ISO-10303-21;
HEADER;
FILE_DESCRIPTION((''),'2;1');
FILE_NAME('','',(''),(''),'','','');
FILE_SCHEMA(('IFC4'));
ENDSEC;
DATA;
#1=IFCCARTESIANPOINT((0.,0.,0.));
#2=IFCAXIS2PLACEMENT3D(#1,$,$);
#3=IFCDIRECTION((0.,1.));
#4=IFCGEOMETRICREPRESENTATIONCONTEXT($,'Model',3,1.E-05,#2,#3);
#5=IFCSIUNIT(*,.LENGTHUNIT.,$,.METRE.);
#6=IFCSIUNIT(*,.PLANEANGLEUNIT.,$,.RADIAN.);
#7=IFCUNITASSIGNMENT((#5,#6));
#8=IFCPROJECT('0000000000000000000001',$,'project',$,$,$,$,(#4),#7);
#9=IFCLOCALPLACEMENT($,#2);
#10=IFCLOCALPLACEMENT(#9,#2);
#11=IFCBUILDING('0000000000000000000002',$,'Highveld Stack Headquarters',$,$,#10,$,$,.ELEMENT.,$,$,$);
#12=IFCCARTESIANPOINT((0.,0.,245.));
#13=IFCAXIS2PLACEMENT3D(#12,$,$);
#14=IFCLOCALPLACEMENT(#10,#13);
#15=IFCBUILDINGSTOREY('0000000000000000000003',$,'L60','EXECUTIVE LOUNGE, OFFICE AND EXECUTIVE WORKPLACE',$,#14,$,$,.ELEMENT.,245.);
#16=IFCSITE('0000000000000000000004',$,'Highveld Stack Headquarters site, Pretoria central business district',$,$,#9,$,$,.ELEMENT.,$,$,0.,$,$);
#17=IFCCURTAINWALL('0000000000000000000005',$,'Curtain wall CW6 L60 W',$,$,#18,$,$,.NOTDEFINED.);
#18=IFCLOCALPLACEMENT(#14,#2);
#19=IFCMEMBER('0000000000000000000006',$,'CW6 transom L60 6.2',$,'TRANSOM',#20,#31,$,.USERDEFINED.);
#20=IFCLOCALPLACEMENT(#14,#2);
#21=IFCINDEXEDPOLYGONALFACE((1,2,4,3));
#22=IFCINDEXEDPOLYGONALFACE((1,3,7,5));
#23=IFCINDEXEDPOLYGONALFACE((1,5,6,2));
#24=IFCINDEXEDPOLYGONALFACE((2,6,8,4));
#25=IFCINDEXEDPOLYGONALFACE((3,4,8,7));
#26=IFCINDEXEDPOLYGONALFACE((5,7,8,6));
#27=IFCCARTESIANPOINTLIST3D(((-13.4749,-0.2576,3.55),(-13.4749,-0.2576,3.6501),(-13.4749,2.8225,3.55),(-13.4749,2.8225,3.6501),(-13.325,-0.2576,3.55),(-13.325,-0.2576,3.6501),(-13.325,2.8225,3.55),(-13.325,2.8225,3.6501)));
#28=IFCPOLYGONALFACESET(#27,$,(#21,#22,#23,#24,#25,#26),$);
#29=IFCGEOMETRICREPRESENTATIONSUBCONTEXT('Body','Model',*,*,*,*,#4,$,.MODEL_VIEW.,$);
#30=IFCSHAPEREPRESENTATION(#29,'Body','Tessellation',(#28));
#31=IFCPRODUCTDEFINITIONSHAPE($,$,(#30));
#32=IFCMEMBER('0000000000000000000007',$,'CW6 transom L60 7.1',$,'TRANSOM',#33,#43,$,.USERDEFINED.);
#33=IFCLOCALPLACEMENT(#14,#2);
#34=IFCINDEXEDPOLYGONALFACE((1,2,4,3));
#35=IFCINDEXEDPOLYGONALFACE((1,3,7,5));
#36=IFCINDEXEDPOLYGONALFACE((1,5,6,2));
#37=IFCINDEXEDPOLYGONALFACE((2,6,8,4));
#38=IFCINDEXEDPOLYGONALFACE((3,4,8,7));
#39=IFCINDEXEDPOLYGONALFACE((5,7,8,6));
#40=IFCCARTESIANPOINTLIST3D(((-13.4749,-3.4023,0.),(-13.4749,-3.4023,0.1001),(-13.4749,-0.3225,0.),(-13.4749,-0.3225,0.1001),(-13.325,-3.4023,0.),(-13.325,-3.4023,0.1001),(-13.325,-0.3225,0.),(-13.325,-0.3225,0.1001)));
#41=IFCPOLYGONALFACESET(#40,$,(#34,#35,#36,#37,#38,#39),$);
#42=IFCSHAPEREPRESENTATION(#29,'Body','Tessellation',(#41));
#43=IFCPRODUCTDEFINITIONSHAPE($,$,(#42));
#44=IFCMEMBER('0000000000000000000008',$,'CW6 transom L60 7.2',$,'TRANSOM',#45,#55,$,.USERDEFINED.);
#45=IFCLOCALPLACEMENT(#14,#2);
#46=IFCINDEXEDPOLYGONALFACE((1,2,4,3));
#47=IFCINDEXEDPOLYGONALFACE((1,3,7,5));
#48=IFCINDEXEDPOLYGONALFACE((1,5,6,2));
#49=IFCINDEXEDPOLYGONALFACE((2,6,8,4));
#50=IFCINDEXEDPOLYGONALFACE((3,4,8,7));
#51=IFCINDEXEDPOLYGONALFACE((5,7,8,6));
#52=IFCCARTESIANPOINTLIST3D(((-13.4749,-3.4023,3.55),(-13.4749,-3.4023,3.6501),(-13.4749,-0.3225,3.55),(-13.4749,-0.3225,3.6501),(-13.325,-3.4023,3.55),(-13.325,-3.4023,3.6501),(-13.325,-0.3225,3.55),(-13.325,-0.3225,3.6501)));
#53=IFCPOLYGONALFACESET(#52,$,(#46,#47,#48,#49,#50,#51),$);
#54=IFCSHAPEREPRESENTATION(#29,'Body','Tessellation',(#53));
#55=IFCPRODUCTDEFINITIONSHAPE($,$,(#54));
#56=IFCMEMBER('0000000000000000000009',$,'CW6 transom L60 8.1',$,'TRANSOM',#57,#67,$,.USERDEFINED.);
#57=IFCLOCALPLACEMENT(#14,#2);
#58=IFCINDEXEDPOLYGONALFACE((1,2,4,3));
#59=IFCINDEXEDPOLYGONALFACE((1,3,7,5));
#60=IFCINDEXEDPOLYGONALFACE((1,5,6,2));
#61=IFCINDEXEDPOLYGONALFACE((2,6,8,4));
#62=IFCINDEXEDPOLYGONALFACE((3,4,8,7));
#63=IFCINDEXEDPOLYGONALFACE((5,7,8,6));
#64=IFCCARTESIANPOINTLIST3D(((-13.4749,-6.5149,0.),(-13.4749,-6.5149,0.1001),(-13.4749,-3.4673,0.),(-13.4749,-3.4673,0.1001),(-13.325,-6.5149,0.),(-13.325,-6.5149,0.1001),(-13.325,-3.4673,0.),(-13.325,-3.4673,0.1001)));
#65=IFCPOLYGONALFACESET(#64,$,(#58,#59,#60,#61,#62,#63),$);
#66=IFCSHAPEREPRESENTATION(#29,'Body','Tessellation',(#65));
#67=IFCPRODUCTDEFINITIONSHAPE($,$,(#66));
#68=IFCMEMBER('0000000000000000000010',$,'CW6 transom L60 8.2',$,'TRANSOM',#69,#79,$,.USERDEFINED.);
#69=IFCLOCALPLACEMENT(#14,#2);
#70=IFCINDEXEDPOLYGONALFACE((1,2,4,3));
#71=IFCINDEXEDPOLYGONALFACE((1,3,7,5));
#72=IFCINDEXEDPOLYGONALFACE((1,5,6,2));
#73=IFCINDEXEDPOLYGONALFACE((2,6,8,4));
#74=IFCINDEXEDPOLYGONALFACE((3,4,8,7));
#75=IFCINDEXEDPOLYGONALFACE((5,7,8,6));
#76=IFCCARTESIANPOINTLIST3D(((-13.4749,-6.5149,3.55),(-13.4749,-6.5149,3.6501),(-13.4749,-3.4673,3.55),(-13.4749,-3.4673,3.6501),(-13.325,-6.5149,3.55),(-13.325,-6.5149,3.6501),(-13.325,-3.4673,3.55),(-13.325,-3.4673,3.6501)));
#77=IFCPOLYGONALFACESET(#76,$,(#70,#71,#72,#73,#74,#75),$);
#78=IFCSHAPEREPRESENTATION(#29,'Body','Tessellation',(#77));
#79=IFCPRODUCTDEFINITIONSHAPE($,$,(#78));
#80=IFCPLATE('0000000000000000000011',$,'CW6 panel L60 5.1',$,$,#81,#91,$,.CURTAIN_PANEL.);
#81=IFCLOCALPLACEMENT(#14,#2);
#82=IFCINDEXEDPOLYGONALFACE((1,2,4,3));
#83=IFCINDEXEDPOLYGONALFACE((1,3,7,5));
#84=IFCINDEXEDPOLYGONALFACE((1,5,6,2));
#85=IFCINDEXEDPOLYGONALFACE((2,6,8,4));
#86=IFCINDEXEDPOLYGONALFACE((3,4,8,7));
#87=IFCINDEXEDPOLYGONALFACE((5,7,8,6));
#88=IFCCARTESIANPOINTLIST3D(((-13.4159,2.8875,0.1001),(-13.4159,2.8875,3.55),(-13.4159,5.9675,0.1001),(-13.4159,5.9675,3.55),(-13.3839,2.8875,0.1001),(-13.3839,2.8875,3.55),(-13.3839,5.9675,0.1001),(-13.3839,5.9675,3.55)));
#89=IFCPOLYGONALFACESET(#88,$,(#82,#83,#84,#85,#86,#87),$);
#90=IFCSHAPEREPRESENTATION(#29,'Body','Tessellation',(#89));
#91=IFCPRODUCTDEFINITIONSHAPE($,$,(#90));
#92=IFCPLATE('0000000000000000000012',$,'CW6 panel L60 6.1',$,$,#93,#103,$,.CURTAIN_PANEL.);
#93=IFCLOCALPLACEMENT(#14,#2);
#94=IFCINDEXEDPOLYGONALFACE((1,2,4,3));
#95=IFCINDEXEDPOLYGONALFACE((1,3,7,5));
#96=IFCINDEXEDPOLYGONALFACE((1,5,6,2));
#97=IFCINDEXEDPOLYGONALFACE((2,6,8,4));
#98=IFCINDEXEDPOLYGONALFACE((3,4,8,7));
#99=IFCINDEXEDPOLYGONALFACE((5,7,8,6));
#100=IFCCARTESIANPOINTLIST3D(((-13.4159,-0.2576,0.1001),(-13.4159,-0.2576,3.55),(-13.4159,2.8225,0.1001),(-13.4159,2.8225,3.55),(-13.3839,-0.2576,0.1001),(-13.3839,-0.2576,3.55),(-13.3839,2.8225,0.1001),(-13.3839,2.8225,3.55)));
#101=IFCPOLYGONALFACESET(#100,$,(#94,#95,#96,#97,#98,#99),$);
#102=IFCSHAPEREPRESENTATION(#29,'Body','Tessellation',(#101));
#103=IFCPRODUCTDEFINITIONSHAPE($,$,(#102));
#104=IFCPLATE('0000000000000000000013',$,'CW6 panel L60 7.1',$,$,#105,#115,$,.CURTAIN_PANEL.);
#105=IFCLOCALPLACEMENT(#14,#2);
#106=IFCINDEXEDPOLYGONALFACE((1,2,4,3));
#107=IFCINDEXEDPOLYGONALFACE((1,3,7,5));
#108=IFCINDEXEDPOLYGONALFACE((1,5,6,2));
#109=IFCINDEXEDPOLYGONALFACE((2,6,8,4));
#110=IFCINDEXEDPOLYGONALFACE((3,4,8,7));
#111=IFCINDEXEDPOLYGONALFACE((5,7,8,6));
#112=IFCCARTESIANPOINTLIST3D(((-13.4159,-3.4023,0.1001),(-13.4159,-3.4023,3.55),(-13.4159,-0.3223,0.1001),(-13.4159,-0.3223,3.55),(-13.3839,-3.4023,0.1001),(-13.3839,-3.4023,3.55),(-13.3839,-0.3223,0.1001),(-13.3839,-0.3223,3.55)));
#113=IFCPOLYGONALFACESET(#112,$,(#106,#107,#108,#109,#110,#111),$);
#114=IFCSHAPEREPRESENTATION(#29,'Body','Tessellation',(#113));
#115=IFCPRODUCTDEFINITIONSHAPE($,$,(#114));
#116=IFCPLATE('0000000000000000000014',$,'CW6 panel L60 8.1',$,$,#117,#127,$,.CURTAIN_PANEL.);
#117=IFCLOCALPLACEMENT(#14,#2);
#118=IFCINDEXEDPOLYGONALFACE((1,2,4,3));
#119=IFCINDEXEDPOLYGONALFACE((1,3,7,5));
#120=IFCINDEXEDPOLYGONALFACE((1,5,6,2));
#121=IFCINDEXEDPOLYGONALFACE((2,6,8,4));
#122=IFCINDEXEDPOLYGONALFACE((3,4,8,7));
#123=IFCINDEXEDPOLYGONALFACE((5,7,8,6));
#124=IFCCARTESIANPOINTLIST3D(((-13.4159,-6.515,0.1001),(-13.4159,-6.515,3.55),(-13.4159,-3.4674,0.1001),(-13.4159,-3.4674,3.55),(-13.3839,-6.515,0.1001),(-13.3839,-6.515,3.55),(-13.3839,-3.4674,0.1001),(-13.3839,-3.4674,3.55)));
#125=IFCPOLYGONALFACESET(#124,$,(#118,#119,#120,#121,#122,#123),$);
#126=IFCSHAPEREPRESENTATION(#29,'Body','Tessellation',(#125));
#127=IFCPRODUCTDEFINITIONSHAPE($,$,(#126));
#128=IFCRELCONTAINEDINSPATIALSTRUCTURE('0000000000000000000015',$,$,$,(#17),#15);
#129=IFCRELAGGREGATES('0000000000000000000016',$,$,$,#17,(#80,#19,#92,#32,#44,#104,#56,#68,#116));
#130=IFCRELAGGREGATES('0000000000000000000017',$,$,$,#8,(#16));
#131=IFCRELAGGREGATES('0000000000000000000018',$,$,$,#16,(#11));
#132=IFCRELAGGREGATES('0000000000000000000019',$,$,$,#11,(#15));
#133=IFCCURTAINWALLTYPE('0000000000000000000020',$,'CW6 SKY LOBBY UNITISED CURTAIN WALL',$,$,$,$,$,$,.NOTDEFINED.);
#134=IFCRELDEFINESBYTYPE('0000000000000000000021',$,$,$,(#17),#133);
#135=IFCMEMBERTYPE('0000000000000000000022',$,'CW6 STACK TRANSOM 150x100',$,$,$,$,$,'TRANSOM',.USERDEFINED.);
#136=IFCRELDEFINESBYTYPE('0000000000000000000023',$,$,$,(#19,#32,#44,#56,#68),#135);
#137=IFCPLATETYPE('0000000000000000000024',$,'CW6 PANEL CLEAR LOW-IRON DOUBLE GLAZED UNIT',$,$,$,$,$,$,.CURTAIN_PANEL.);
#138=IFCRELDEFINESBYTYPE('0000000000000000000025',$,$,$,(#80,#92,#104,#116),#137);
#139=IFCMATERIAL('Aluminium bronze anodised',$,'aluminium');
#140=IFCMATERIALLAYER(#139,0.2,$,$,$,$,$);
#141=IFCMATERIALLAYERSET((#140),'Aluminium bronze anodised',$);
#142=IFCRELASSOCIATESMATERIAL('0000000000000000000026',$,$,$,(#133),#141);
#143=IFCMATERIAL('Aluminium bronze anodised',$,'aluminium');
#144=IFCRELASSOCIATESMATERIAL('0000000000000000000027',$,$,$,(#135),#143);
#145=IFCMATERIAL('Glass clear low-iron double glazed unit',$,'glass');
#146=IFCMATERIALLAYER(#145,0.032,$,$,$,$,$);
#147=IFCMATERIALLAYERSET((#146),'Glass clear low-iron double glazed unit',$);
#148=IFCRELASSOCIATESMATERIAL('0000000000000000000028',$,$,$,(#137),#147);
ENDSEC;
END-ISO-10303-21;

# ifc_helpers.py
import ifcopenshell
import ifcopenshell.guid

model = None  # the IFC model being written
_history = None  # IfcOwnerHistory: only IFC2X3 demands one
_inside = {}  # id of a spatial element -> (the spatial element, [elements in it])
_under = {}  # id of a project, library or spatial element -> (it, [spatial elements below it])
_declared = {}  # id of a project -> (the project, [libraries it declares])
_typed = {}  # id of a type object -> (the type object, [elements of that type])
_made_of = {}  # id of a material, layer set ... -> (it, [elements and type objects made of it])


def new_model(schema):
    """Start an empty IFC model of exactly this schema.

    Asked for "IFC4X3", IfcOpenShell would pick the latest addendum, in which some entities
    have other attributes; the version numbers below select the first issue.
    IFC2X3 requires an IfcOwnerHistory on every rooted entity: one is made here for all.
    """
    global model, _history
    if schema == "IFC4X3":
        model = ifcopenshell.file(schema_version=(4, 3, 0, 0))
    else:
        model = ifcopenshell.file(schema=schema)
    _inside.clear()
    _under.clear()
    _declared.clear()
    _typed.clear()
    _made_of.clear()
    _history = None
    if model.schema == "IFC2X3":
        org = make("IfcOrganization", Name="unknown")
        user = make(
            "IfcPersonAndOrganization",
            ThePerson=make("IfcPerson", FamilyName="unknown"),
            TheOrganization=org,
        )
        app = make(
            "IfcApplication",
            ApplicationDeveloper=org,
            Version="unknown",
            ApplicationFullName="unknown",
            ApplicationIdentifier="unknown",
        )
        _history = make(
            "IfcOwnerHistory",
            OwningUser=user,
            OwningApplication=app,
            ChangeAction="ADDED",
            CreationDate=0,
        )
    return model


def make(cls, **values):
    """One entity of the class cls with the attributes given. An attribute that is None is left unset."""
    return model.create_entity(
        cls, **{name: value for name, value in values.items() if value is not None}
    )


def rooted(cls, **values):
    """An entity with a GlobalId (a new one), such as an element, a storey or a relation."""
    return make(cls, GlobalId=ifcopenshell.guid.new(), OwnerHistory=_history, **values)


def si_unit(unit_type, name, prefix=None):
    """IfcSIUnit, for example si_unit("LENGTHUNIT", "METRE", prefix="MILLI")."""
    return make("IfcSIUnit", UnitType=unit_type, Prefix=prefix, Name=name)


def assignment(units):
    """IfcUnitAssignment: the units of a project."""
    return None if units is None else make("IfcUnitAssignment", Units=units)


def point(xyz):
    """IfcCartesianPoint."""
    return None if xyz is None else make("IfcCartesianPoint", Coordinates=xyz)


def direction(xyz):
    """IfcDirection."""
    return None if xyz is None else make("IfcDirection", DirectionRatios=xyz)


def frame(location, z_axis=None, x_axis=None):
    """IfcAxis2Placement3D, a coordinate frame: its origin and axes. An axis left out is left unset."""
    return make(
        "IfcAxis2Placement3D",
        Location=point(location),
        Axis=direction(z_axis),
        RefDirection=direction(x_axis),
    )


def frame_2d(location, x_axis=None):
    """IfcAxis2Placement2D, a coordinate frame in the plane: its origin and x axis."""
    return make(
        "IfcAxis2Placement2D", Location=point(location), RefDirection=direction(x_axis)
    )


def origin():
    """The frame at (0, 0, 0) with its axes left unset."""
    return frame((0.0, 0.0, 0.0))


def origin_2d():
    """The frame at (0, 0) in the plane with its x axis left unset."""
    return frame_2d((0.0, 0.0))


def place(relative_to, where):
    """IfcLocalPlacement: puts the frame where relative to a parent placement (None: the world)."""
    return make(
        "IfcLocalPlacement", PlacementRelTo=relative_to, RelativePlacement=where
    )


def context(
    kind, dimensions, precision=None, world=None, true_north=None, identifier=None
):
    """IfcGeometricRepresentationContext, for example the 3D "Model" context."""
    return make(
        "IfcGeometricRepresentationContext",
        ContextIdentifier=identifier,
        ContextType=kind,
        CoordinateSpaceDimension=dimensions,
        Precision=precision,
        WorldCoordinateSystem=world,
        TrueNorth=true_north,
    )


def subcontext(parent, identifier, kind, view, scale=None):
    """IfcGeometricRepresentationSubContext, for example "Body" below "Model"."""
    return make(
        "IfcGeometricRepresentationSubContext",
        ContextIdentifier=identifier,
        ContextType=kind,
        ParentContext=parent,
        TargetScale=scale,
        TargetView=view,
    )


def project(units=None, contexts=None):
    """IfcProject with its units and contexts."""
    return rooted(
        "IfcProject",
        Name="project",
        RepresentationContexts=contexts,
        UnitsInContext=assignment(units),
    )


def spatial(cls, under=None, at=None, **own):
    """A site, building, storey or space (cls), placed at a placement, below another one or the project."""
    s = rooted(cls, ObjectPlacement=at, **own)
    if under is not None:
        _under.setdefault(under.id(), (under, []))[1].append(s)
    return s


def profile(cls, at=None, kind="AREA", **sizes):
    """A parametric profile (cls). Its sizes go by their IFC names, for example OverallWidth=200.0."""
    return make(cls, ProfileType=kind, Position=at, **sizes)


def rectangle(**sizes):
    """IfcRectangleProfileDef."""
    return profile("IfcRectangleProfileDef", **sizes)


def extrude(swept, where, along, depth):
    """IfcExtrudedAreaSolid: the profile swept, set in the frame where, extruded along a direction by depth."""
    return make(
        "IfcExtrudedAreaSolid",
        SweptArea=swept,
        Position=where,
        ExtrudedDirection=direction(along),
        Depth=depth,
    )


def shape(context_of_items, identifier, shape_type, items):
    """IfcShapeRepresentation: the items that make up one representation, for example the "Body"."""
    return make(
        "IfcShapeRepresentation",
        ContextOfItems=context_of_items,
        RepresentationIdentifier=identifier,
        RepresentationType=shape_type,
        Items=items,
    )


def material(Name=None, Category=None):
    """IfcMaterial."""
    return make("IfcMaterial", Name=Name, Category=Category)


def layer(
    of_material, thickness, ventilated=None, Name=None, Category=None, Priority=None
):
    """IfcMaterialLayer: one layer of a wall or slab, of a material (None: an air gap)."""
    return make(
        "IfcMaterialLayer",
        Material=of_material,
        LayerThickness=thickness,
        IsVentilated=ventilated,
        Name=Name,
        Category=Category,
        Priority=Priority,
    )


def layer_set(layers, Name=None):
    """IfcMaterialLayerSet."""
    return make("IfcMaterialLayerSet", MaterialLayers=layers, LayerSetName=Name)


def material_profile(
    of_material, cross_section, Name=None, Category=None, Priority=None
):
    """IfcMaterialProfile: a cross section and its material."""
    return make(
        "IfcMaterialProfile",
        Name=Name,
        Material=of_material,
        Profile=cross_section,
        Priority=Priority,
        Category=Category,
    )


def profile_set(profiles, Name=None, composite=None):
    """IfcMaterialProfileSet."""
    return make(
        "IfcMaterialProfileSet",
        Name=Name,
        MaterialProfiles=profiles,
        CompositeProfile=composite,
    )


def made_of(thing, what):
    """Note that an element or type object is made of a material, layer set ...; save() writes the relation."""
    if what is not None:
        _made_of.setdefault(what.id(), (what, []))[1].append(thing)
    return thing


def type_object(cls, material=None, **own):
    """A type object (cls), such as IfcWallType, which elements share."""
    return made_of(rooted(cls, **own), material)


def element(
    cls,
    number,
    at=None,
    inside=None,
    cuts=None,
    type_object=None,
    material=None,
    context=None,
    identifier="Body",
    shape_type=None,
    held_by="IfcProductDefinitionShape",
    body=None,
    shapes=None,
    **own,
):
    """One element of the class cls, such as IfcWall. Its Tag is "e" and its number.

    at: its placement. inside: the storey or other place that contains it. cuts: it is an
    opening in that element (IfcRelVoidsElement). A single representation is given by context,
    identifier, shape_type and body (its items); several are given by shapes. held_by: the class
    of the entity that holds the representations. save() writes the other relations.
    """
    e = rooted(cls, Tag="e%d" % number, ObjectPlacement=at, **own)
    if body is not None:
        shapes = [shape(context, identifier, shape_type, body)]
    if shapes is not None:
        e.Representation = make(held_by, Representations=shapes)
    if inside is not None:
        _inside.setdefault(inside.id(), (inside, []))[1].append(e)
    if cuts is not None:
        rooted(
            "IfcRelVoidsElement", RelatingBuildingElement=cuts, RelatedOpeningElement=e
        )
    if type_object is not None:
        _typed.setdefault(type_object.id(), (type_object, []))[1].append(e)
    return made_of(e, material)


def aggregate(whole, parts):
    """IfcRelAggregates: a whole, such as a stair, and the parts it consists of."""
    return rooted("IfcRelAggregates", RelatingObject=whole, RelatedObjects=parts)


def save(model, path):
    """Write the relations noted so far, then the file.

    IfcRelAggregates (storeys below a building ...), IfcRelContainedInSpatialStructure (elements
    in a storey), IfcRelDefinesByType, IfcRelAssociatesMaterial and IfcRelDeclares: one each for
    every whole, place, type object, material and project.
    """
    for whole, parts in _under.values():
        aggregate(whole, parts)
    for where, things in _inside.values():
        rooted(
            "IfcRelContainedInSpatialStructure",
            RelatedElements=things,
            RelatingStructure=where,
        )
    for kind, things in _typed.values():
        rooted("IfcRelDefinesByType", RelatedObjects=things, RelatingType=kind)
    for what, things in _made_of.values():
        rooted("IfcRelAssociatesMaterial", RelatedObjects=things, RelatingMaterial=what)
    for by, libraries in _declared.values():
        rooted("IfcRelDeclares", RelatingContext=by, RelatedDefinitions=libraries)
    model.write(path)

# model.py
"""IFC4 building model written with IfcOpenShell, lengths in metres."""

from ifc_helpers import new_model, si_unit, direction, frame, origin, origin_2d, place, context, subcontext, project, spatial, rectangle, extrude, material, layer, layer_set, material_profile, profile_set, type_object, element, aggregate, save


model = new_model("IFC4")

# Units and contexts
model_context = context("Model", 3, precision=1e-05, world=origin(), true_north=direction((0.0, 1.0)))
body_context = subcontext(model_context, "Body", "Model", "MODEL_VIEW")
ifc_project = project(units=[si_unit("LENGTHUNIT", "METRE"), si_unit("PLANEANGLEUNIT", "RADIAN")], contexts=[model_context])

# Site, building, storey
site_placement = place(None, origin())
site = spatial("IfcSite", under=ifc_project, at=site_placement, Name="Highveld Stack Headquarters site, Pretoria central business district", CompositionType="ELEMENT", RefElevation=0.0)
building_placement = place(site_placement, origin())
building = spatial("IfcBuilding", under=site, at=building_placement, Name="Highveld Stack Headquarters", CompositionType="ELEMENT")
storey_placement = place(building_placement, frame((0.0, 0.0, 245.0)))
storey = spatial("IfcBuildingStorey", under=building, at=storey_placement, Name="L60", Description="EXECUTIVE LOUNGE, OFFICE AND EXECUTIVE WORKPLACE", CompositionType="ELEMENT", Elevation=245.0)

# Curtain wall, members, plates
ifc_material_1 = material(Name="Aluminium bronze anodised", Category="aluminium")
ifc_layer_1 = layer(ifc_material_1, 0.2)
ifc_layer_set_1 = layer_set([ifc_layer_1], Name="Aluminium bronze anodised")
curtain_wall_type = type_object("IfcCurtainWallType", Name="CW6 SKY LOBBY UNITISED CURTAIN WALL", PredefinedType="NOTDEFINED", material=ifc_layer_set_1)
curtain_wall_placement = place(storey_placement, origin())
curtain_wall = element("IfcCurtainWall", 1, at=curtain_wall_placement, inside=storey, type_object=curtain_wall_type, Name="Curtain wall CW6 L60 W", PredefinedType="NOTDEFINED")
ifc_material_2 = material(Name="Aluminium bronze anodised", Category="aluminium")
ifc_material_profile_1 = material_profile(ifc_material_2, rectangle(XDim=0.1499, YDim=0.1001, at=origin_2d()), Name="CW6 TRANSOM 150x100")
ifc_profile_set_1 = profile_set([ifc_material_profile_1], Name="Aluminium bronze anodised")
member_type_1 = type_object("IfcMemberType", Name="CW6 STACK TRANSOM 150x100", ElementType="TRANSOM", PredefinedType="USERDEFINED", material=ifc_profile_set_1)
member_1_placement = place(storey_placement, frame((-13.3999, 2.8225, 3.6001), z_axis=(0.0, -1.0, 0.0), x_axis=(1.0, 0.0, 0.0)))
member_1 = element("IfcMember", 2, at=member_1_placement, type_object=member_type_1, Name="CW6 transom L60 6.2", ObjectType="TRANSOM", PredefinedType="USERDEFINED", context=body_context, shape_type="SweptSolid", body=[
    extrude(rectangle(XDim=0.1499, YDim=0.1001, at=origin_2d()), origin(), (0.0, 0.0, 1.0), 3.0801),
])
member_2_placement = place(storey_placement, frame((-13.3999, -0.3225, 0.05), z_axis=(0.0, -1.0, 0.0), x_axis=(1.0, 0.0, 0.0)))
member_2 = element("IfcMember", 3, at=member_2_placement, type_object=member_type_1, Name="CW6 transom L60 7.1", ObjectType="TRANSOM", PredefinedType="USERDEFINED", context=body_context, shape_type="SweptSolid", body=[
    extrude(rectangle(XDim=0.1499, YDim=0.1001, at=origin_2d()), origin(), (0.0, 0.0, 1.0), 3.0798),
])
member_3_placement = place(storey_placement, frame((-13.3999, -0.3225, 3.6001), z_axis=(0.0, -1.0, 0.0), x_axis=(1.0, 0.0, 0.0)))
member_3 = element("IfcMember", 4, at=member_3_placement, type_object=member_type_1, Name="CW6 transom L60 7.2", ObjectType="TRANSOM", PredefinedType="USERDEFINED", context=body_context, shape_type="SweptSolid", body=[
    extrude(rectangle(XDim=0.1499, YDim=0.1001, at=origin_2d()), origin(), (0.0, 0.0, 1.0), 3.0798),
])
member_4_placement = place(storey_placement, frame((-13.3999, -3.4673, 0.05), z_axis=(0.0, -1.0, 0.0), x_axis=(1.0, 0.0, 0.0)))
member_4 = element("IfcMember", 5, at=member_4_placement, type_object=member_type_1, Name="CW6 transom L60 8.1", ObjectType="TRANSOM", PredefinedType="USERDEFINED", context=body_context, shape_type="SweptSolid", body=[
    extrude(rectangle(XDim=0.1499, YDim=0.1001, at=origin_2d()), origin(), (0.0, 0.0, 1.0), 3.0476),
])
member_5_placement = place(storey_placement, frame((-13.3999, -3.4673, 3.6001), z_axis=(0.0, -1.0, 0.0), x_axis=(1.0, 0.0, 0.0)))
member_5 = element("IfcMember", 6, at=member_5_placement, type_object=member_type_1, Name="CW6 transom L60 8.2", ObjectType="TRANSOM", PredefinedType="USERDEFINED", context=body_context, shape_type="SweptSolid", body=[
    extrude(rectangle(XDim=0.1499, YDim=0.1001, at=origin_2d()), origin(), (0.0, 0.0, 1.0), 3.0476),
])
ifc_material_3 = material(Name="Glass clear low-iron double glazed unit", Category="glass")
ifc_layer_2 = layer(ifc_material_3, 0.032)
ifc_layer_set_2 = layer_set([ifc_layer_2], Name="Glass clear low-iron double glazed unit")
plate_type = type_object("IfcPlateType", Name="CW6 PANEL CLEAR LOW-IRON DOUBLE GLAZED UNIT", PredefinedType="CURTAIN_PANEL", material=ifc_layer_set_2)
plate_1_placement = place(storey_placement, frame((-13.3999, 4.4275, 0.1001), z_axis=(0.0, 0.0, 1.0), x_axis=(0.0, -1.0, 0.0)))
plate_1 = element("IfcPlate", 7, at=plate_1_placement, type_object=plate_type, Name="CW6 panel L60 5.1", PredefinedType="CURTAIN_PANEL", context=body_context, shape_type="SweptSolid", body=[
    extrude(rectangle(XDim=3.0801, YDim=0.032, at=origin_2d()), origin(), (0.0, 0.0, 1.0), 3.45),
])
plate_2_placement = place(storey_placement, frame((-13.3999, 1.2825, 0.1001), z_axis=(0.0, 0.0, 1.0), x_axis=(0.0, -1.0, 0.0)))
plate_2 = element("IfcPlate", 8, at=plate_2_placement, type_object=plate_type, Name="CW6 panel L60 6.1", PredefinedType="CURTAIN_PANEL", context=body_context, shape_type="SweptSolid", body=[
    extrude(rectangle(XDim=3.0801, YDim=0.032, at=origin_2d()), origin(), (0.0, 0.0, 1.0), 3.45),
])
plate_3_placement = place(storey_placement, frame((-13.3999, -1.8623, 0.1001), z_axis=(0.0, 0.0, 1.0), x_axis=(0.0, -1.0, 0.0)))
plate_3 = element("IfcPlate", 9, at=plate_3_placement, type_object=plate_type, Name="CW6 panel L60 7.1", PredefinedType="CURTAIN_PANEL", context=body_context, shape_type="SweptSolid", body=[
    extrude(rectangle(XDim=3.0801, YDim=0.032, at=origin_2d()), origin(), (0.0, 0.0, 1.0), 3.45),
])
plate_4_placement = place(storey_placement, frame((-13.3999, -4.9912, 0.1001), z_axis=(0.0, 0.0, 1.0), x_axis=(0.0, -1.0, 0.0)))
plate_4 = element("IfcPlate", 10, at=plate_4_placement, type_object=plate_type, Name="CW6 panel L60 8.1", PredefinedType="CURTAIN_PANEL", context=body_context, shape_type="SweptSolid", body=[
    extrude(rectangle(XDim=3.0476, YDim=0.032, at=origin_2d()), origin(), (0.0, 0.0, 1.0), 3.45),
])
aggregate(curtain_wall, [plate_1, member_1, plate_2, member_2, member_3, plate_3, member_4, member_5, plate_4])

save(model, "model.ifc")
